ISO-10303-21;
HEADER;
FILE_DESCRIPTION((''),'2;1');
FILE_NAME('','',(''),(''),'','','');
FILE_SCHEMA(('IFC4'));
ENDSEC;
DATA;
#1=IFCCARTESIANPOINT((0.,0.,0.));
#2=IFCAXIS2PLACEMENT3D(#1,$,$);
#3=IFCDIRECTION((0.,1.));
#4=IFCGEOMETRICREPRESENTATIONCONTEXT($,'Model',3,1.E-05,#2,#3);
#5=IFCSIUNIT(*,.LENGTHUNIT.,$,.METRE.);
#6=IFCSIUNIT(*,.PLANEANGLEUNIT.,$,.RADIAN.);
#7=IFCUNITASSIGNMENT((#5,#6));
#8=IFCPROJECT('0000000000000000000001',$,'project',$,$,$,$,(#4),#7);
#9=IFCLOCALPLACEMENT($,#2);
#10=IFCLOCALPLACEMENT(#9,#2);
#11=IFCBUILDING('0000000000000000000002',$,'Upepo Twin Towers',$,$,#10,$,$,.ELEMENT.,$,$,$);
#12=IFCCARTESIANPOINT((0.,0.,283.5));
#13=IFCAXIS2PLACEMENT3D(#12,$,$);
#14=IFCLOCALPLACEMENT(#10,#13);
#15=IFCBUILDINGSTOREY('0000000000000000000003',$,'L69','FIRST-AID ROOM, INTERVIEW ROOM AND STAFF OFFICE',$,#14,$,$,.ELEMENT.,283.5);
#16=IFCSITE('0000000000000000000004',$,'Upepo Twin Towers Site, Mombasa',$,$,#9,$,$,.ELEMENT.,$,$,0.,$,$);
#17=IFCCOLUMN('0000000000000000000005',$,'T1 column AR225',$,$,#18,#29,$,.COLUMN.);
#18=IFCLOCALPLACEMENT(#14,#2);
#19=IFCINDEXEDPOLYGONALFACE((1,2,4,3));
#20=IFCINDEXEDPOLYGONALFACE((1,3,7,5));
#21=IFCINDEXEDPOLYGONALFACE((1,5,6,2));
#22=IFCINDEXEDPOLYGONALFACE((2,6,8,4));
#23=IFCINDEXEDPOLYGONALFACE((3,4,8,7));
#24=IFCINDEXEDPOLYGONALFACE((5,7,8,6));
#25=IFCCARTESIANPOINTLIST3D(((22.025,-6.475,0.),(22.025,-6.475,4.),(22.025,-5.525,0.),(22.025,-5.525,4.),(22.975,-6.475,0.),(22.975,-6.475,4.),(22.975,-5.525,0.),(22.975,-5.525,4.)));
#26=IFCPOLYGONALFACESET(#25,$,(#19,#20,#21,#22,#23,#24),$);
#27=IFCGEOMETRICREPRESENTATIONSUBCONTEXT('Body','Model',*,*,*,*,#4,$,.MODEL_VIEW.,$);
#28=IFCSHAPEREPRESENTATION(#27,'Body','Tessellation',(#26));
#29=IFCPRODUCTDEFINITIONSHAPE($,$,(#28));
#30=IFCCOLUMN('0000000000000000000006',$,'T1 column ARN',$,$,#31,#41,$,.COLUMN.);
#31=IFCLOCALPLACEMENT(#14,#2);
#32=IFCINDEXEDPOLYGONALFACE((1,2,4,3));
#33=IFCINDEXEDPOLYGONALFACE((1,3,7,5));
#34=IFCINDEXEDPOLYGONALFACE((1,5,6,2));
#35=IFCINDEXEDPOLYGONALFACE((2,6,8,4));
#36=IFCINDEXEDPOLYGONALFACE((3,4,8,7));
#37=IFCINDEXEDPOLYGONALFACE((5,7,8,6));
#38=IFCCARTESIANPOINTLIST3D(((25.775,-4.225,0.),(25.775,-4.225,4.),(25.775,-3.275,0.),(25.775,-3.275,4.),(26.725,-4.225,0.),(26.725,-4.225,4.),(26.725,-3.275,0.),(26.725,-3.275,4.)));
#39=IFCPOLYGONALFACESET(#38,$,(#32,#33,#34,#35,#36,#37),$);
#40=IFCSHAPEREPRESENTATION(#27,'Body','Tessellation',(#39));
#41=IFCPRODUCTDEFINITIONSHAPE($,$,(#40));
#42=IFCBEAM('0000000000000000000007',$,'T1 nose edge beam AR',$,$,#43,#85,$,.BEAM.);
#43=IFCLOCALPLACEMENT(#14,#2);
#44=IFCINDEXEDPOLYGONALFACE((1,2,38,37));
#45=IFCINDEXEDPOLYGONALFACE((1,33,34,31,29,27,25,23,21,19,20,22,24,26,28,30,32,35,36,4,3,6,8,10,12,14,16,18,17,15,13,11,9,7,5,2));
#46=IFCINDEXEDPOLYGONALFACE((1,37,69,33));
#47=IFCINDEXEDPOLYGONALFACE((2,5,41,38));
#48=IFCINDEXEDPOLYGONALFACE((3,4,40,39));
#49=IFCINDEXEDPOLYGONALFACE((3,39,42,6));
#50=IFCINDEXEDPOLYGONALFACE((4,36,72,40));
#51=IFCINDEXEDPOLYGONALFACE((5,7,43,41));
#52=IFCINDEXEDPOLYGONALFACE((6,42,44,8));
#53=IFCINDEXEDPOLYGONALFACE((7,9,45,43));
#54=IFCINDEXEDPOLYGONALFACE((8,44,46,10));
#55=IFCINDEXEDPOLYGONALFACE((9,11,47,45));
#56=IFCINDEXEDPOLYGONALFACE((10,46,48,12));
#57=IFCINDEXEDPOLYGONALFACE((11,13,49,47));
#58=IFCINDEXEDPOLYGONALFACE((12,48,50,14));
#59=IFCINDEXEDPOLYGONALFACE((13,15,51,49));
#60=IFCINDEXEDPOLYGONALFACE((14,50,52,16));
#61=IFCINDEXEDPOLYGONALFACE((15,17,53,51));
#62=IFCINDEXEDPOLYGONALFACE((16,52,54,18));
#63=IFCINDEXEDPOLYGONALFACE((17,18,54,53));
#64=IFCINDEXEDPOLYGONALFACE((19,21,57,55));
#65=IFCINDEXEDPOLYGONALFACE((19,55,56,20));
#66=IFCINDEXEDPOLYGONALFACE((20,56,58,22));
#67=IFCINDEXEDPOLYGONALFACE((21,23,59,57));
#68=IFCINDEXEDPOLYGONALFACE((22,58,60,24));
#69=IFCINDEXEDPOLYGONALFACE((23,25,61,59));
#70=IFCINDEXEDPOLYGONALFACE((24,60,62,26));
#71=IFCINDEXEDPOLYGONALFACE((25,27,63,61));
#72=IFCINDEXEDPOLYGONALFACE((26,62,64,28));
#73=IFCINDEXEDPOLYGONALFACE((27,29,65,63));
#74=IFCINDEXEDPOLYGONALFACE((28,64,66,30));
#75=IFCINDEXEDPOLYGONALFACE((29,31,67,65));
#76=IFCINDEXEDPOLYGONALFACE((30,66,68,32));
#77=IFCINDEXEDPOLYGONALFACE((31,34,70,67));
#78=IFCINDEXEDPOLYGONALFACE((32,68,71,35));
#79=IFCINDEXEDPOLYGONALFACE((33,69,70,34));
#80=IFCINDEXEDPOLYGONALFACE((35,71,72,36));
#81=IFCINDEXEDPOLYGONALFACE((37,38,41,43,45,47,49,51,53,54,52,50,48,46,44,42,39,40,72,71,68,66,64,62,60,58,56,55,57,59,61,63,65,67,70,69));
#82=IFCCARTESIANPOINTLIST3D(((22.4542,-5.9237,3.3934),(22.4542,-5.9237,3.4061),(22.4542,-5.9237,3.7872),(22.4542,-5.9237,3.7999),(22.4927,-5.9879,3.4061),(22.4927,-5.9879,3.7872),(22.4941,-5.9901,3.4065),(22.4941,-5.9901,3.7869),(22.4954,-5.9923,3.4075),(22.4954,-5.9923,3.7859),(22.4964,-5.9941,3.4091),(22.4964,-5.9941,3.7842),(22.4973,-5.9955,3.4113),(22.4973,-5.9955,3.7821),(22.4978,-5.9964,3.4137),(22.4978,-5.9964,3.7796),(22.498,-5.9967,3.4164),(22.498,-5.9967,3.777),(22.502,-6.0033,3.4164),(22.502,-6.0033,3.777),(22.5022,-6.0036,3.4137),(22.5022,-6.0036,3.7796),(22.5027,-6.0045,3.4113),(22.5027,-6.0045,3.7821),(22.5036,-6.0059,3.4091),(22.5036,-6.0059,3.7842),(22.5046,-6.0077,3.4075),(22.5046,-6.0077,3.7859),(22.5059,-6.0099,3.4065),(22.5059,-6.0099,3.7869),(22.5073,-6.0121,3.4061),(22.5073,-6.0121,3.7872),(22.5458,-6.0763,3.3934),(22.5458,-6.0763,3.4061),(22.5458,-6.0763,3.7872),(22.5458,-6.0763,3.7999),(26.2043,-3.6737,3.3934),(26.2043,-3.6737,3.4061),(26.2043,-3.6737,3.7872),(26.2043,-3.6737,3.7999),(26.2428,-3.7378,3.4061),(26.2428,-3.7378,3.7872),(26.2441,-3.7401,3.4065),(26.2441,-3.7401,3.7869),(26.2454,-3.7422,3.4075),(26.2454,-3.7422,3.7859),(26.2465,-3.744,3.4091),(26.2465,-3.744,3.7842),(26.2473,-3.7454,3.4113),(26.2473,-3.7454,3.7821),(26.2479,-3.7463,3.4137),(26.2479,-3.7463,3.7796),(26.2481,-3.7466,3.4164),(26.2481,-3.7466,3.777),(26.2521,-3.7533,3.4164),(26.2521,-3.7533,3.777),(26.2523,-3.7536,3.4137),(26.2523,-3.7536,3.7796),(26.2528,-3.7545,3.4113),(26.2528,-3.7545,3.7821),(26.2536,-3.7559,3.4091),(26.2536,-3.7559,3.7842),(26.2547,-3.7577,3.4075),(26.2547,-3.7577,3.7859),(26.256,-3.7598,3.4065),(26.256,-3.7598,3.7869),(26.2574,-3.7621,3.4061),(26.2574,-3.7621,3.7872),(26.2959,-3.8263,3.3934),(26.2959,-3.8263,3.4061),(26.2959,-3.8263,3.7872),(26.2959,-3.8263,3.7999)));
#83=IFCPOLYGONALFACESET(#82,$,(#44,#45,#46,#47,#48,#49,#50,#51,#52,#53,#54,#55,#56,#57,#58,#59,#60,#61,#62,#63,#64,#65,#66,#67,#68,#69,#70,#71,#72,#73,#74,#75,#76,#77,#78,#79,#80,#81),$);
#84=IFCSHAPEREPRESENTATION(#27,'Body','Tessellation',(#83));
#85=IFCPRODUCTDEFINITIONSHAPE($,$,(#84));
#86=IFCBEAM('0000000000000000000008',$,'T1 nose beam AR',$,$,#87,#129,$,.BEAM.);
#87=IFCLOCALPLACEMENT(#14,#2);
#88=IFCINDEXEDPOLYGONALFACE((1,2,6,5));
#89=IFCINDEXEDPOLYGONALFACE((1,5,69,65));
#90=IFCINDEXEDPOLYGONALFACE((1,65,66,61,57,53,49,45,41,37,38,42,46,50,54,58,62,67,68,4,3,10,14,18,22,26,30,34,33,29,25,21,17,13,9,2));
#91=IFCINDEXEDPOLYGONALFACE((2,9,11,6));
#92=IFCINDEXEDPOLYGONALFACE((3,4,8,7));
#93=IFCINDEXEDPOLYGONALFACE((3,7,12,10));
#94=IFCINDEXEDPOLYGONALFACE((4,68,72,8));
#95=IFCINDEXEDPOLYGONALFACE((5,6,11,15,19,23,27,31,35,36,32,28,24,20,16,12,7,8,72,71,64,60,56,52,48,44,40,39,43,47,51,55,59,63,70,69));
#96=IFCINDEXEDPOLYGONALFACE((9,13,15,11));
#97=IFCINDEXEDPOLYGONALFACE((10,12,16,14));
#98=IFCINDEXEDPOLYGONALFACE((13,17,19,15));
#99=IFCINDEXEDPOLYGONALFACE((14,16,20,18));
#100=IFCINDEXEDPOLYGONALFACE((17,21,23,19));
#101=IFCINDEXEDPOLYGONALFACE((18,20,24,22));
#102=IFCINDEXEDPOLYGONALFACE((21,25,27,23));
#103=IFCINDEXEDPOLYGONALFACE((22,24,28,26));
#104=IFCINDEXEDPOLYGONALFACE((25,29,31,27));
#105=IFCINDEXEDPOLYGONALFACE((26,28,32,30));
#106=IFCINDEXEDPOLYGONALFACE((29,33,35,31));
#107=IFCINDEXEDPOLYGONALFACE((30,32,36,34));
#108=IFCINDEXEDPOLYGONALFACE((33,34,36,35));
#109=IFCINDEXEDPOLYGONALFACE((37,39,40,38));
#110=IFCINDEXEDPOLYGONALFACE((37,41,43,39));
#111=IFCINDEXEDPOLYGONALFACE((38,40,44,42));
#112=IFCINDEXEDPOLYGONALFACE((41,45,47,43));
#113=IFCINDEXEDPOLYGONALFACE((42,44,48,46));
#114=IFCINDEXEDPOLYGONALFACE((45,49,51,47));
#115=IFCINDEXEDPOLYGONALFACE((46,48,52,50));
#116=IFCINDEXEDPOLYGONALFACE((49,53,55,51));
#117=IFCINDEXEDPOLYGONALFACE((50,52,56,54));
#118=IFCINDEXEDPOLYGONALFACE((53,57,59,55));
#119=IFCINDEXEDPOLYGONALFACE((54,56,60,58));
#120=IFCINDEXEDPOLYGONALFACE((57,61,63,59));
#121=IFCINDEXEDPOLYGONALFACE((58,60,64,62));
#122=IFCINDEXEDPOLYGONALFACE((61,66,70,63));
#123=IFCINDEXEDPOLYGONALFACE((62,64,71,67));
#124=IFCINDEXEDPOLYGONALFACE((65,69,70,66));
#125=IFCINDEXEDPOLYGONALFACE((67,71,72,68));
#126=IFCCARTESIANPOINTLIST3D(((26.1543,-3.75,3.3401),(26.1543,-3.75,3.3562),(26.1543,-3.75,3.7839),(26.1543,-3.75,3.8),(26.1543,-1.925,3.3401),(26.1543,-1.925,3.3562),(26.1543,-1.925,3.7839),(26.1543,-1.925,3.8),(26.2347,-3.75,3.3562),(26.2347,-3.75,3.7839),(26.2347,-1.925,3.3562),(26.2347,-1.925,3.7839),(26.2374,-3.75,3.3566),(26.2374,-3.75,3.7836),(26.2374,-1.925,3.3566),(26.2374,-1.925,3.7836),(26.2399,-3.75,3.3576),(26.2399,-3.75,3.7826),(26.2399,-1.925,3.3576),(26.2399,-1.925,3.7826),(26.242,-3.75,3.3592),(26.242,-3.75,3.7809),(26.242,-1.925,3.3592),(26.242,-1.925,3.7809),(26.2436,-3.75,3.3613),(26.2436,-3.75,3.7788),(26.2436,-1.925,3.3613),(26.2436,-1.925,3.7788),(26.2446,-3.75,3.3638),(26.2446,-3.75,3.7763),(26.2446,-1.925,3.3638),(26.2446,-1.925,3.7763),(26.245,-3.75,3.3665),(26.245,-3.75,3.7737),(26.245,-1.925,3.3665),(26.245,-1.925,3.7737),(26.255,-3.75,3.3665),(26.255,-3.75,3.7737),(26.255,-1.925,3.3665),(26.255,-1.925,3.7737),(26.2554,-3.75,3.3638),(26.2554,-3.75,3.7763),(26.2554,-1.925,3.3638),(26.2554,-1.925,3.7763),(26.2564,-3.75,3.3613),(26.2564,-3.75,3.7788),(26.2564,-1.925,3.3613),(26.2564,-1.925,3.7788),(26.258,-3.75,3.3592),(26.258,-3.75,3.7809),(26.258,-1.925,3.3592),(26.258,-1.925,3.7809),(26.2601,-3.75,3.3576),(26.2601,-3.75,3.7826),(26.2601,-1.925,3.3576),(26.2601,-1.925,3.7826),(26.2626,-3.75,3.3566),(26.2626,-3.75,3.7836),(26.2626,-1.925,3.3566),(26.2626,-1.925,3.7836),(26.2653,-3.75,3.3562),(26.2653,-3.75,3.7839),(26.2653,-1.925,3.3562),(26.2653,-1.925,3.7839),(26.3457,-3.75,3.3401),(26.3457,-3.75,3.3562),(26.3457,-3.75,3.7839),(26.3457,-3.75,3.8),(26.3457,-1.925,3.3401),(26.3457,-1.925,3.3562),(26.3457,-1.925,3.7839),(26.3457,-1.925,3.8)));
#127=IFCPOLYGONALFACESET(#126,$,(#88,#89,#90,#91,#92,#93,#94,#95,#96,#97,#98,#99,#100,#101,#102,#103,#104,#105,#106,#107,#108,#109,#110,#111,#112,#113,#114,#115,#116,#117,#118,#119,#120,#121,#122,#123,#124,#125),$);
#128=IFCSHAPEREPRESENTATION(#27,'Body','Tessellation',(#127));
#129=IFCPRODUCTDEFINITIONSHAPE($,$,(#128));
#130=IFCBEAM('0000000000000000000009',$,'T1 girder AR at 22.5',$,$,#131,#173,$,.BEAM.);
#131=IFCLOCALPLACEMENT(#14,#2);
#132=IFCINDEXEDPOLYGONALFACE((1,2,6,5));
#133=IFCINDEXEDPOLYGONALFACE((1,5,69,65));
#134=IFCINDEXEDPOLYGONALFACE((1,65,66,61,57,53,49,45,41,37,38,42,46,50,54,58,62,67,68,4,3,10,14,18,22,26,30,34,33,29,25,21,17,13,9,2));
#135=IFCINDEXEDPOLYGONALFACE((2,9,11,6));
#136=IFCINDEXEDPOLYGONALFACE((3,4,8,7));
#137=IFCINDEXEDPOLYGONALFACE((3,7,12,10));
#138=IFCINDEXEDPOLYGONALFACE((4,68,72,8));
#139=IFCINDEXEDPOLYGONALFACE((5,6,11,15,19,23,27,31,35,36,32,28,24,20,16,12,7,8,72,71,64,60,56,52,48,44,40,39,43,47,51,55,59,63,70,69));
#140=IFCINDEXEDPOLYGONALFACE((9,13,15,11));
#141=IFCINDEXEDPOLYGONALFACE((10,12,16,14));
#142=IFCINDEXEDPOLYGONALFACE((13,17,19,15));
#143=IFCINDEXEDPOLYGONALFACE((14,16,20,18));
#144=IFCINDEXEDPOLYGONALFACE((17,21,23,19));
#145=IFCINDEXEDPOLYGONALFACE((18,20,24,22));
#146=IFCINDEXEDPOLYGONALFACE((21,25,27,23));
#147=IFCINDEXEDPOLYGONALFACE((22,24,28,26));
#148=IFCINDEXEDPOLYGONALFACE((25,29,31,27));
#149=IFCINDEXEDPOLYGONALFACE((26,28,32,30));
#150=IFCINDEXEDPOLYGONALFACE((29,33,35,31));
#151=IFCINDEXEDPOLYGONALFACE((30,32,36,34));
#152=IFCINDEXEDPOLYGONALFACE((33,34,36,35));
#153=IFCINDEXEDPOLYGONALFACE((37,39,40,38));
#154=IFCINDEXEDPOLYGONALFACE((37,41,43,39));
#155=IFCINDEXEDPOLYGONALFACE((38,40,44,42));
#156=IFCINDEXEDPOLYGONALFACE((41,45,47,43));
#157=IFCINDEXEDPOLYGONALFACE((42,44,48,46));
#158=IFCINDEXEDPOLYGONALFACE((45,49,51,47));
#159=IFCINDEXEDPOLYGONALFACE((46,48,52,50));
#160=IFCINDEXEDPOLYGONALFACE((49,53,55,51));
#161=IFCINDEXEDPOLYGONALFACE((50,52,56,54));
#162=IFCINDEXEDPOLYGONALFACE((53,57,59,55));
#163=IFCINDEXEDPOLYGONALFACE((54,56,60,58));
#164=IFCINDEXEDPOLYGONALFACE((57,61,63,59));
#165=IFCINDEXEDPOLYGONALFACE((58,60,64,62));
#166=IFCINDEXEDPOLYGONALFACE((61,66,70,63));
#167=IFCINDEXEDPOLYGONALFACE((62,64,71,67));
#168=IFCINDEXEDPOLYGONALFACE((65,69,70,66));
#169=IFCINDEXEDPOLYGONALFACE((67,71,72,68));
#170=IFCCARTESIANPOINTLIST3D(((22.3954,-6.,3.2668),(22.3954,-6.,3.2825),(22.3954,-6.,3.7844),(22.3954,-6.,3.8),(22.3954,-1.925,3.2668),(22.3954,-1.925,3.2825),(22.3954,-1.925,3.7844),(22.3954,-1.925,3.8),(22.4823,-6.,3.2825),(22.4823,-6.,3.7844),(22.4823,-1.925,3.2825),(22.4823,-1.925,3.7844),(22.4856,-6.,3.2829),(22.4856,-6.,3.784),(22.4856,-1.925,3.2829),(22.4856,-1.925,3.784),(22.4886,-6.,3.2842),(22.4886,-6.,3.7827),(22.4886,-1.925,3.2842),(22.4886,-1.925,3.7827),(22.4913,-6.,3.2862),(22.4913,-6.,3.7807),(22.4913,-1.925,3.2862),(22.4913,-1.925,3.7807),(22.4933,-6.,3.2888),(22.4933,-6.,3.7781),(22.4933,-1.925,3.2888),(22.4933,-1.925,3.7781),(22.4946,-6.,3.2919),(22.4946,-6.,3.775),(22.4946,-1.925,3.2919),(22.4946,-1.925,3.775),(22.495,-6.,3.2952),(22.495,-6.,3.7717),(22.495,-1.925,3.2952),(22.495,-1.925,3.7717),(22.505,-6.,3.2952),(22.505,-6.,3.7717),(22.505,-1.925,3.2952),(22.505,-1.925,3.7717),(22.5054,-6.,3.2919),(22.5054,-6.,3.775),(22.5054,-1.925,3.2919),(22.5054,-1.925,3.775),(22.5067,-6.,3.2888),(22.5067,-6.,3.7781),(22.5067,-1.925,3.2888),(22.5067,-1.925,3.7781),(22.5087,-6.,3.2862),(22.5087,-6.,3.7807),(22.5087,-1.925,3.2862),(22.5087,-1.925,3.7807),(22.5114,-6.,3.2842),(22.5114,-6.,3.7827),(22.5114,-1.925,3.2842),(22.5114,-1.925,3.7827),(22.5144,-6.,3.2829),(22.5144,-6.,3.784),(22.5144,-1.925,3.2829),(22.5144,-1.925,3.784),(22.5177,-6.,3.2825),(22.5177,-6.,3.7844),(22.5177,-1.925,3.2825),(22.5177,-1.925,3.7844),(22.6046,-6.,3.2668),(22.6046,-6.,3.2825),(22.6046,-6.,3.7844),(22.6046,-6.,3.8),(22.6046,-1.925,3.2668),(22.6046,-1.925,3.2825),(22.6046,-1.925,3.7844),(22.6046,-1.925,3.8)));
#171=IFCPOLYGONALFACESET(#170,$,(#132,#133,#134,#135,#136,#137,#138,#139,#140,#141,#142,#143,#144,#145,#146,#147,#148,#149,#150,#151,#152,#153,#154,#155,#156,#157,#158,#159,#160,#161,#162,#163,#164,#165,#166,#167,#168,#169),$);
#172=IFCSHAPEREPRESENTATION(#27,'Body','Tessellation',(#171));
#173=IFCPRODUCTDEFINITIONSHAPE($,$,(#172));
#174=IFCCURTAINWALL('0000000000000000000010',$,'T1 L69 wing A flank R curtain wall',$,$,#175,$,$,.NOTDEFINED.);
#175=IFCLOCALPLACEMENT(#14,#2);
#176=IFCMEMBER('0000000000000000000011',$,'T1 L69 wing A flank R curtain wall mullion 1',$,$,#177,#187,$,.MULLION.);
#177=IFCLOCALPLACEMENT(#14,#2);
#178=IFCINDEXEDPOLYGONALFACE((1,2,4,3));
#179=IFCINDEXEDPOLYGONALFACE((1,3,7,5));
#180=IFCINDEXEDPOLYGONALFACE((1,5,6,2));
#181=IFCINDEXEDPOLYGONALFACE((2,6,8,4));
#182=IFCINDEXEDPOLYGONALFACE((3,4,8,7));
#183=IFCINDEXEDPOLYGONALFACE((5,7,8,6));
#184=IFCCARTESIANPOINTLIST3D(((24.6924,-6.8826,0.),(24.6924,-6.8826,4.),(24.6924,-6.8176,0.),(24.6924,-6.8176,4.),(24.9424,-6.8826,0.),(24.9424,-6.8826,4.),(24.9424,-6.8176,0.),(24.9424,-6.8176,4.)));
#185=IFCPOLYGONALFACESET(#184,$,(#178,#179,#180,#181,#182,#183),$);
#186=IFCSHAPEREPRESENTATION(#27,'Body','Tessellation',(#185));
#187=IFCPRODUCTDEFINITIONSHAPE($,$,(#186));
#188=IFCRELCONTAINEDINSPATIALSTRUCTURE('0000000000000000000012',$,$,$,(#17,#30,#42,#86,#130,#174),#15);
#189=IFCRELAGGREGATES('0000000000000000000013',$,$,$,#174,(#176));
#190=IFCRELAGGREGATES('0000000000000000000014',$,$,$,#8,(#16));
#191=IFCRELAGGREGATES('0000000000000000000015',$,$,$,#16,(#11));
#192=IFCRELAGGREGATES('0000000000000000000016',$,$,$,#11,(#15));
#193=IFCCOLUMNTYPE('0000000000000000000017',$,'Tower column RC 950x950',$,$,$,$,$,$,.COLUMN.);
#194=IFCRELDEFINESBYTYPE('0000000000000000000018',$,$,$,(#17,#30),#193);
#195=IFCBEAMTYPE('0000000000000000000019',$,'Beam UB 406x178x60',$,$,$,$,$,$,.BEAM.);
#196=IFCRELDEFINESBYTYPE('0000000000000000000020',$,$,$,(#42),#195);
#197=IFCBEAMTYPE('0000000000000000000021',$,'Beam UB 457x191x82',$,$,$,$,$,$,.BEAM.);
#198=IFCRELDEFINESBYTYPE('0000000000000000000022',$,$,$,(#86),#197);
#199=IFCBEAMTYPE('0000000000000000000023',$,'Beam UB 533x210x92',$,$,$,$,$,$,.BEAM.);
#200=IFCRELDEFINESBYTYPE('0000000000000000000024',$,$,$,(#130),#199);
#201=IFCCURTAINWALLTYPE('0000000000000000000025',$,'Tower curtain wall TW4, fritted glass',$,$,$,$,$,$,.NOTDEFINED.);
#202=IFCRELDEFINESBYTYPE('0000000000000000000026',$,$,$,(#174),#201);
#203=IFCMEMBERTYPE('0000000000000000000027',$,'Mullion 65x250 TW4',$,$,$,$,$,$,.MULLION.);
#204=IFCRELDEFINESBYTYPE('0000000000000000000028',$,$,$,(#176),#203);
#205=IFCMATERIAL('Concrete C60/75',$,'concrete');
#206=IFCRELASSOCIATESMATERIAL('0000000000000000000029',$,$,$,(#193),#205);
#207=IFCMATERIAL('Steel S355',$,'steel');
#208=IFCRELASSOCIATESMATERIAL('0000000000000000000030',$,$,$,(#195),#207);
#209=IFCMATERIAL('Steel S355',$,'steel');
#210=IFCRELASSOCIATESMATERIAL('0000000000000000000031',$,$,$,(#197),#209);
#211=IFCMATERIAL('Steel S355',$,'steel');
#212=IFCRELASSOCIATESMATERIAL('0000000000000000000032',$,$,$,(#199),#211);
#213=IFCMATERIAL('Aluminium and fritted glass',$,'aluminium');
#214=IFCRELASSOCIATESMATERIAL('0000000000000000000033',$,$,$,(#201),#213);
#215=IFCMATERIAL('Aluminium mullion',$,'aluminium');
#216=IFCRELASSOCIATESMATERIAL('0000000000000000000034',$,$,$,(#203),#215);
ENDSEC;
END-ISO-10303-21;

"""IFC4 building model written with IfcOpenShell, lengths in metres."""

from ifc_helpers import new_model, si_unit, direction, frame, origin, origin_2d, place, context, subcontext, project, spatial, rectangle, i_section, extrude, material, material_profile, profile_set, type_object, element, aggregate, save


model = new_model("IFC4")

# Units and contexts
model_context = context("Model", 3, precision=1e-05, world=origin(), true_north=direction((0.0, 1.0)))
body_context = subcontext(model_context, "Body", "Model", "MODEL_VIEW")
ifc_project = project(units=[si_unit("LENGTHUNIT", "METRE"), si_unit("PLANEANGLEUNIT", "RADIAN")], contexts=[model_context])

# Site, building, storey
site_placement = place(None, origin())
site = spatial("IfcSite", under=ifc_project, at=site_placement, Name="Upepo Twin Towers Site, Mombasa", CompositionType="ELEMENT", RefElevation=0.0)
building_placement = place(site_placement, origin())
building = spatial("IfcBuilding", under=site, at=building_placement, Name="Upepo Twin Towers", CompositionType="ELEMENT")
storey_placement = place(building_placement, frame((0.0, 0.0, 283.5)))
storey = spatial("IfcBuildingStorey", under=building, at=storey_placement, Name="L69", Description="FIRST-AID ROOM, INTERVIEW ROOM AND STAFF OFFICE", CompositionType="ELEMENT", Elevation=283.5)

# Columns
ifc_material_1 = material(Name="Concrete C60/75", Category="concrete")
ifc_material_profile_1 = material_profile(ifc_material_1, rectangle(XDim=0.95, YDim=0.95, at=origin_2d()), Name="RC 950x950")
ifc_profile_set_1 = profile_set([ifc_material_profile_1], Name="Concrete C60/75")
column_type = type_object("IfcColumnType", Name="Tower column RC 950x950", PredefinedType="COLUMN", material=ifc_profile_set_1)
for number, where, z_axis, x_axis, name in (
    (1, (22.5, -6.0, 0.0), (0.0, 0.0, 1.0), (1.0, 0.0, 0.0), "T1 column AR225"),
    (2, (26.25, -3.75, 0.0), (0.0, 0.0, 1.0), (1.0, 0.0, 0.0), "T1 column ARN"),
):
    element("IfcColumn", number, at=place(storey_placement, frame(where, z_axis=z_axis, x_axis=x_axis)), inside=storey, type_object=column_type, Name=name, PredefinedType="COLUMN", context=body_context, shape_type="SweptSolid", body=[
        extrude(rectangle(XDim=0.95, YDim=0.95, at=origin_2d()), origin(), (0.0, 0.0, 1.0), 4.0),
    ])

# Beams
ifc_material_2 = material(Name="Steel S355", Category="steel")
ifc_material_profile_2 = material_profile(ifc_material_2, i_section(OverallWidth=0.178, OverallDepth=0.4065, WebThickness=0.0078, FlangeThickness=0.0127, FilletRadius=0.0103, at=origin_2d()), Name="UB 406x178x60")
ifc_profile_set_2 = profile_set([ifc_material_profile_2], Name="Steel S355")
beam_type_1 = type_object("IfcBeamType", Name="Beam UB 406x178x60", PredefinedType="BEAM", material=ifc_profile_set_2)
beam_1_placement = place(storey_placement, frame((22.5, -6.0, 3.5967), z_axis=(0.857493, 0.514496, 0.0), x_axis=(-0.514496, 0.857493, 0.0)))
element("IfcBeam", 3, at=beam_1_placement, inside=storey, type_object=beam_type_1, Name="T1 nose edge beam AR", PredefinedType="BEAM", context=body_context, shape_type="SweptSolid", body=[
    extrude(i_section(OverallWidth=0.178, OverallDepth=0.4065, WebThickness=0.0078, FlangeThickness=0.0127, FilletRadius=0.0103, at=origin_2d()), origin(), (0.0, 0.0, 1.0), 4.3733),
])
ifc_material_3 = material(Name="Steel S355", Category="steel")
ifc_material_profile_3 = material_profile(ifc_material_3, i_section(OverallWidth=0.1914, OverallDepth=0.46, WebThickness=0.01, FlangeThickness=0.0161, FilletRadius=0.0103, at=origin_2d()), Name="UB 457x191x82")
ifc_profile_set_3 = profile_set([ifc_material_profile_3], Name="Steel S355")
beam_type_2 = type_object("IfcBeamType", Name="Beam UB 457x191x82", PredefinedType="BEAM", material=ifc_profile_set_3)
beam_2_placement = place(storey_placement, frame((26.25, -3.75, 3.5701), z_axis=(0.0, 1.0, 0.0), x_axis=(-1.0, 0.0, 0.0)))
element("IfcBeam", 4, at=beam_2_placement, inside=storey, type_object=beam_type_2, Name="T1 nose beam AR", PredefinedType="BEAM", context=body_context, shape_type="SweptSolid", body=[
    extrude(i_section(OverallWidth=0.1914, OverallDepth=0.46, WebThickness=0.01, FlangeThickness=0.0161, FilletRadius=0.0103, at=origin_2d()), origin(), (0.0, 0.0, 1.0), 1.825),
])
ifc_material_4 = material(Name="Steel S355", Category="steel")
ifc_material_profile_4 = material_profile(ifc_material_4, i_section(OverallWidth=0.2092, OverallDepth=0.5332, WebThickness=0.01, FlangeThickness=0.0156, FilletRadius=0.0127, at=origin_2d()), Name="UB 533x210x92")
ifc_profile_set_4 = profile_set([ifc_material_profile_4], Name="Steel S355")
beam_type_3 = type_object("IfcBeamType", Name="Beam UB 533x210x92", PredefinedType="BEAM", material=ifc_profile_set_4)
beam_3_placement = place(storey_placement, frame((22.5, -6.0, 3.5334), z_axis=(0.0, 1.0, 0.0), x_axis=(-1.0, 0.0, 0.0)))
element("IfcBeam", 5, at=beam_3_placement, inside=storey, type_object=beam_type_3, Name="T1 girder AR at 22.5", PredefinedType="BEAM", context=body_context, shape_type="SweptSolid", body=[
    extrude(i_section(OverallWidth=0.2092, OverallDepth=0.5332, WebThickness=0.01, FlangeThickness=0.0156, FilletRadius=0.0127, at=origin_2d()), origin(), (0.0, 0.0, 1.0), 4.075),
])

# Curtain wall, member
ifc_material_5 = material(Name="Aluminium and fritted glass", Category="aluminium")
curtain_wall_type = type_object("IfcCurtainWallType", Name="Tower curtain wall TW4, fritted glass", PredefinedType="NOTDEFINED", material=ifc_material_5)
curtain_wall_1_placement = place(storey_placement, origin())
curtain_wall_1 = element("IfcCurtainWall", 6, at=curtain_wall_1_placement, inside=storey, type_object=curtain_wall_type, Name="T1 L69 wing A flank R curtain wall", PredefinedType="NOTDEFINED")
ifc_material_6 = material(Name="Aluminium mullion", Category="aluminium")
ifc_material_profile_5 = material_profile(ifc_material_6, rectangle(XDim=0.0649, YDim=0.25, at=origin_2d()), Name="MULLION 65x250")
ifc_profile_set_5 = profile_set([ifc_material_profile_5], Name="Aluminium mullion")
member_type_1 = type_object("IfcMemberType", Name="Mullion 65x250 TW4", PredefinedType="MULLION", material=ifc_profile_set_5)
member_1_placement = place(storey_placement, frame((24.8174, -6.8501, 0.0), z_axis=(0.0, 0.0, 1.0), x_axis=(0.0, -1.0, 0.0)))
member_1 = element("IfcMember", 7, at=member_1_placement, type_object=member_type_1, Name="T1 L69 wing A flank R curtain wall mullion 1", PredefinedType="MULLION", context=body_context, shape_type="SweptSolid", body=[
    extrude(rectangle(XDim=0.0649, YDim=0.25, at=origin_2d()), origin(), (0.0, 0.0, 1.0), 4.0),
])

aggregate(curtain_wall_1, [member_1])

save(model, "model.ifc")
